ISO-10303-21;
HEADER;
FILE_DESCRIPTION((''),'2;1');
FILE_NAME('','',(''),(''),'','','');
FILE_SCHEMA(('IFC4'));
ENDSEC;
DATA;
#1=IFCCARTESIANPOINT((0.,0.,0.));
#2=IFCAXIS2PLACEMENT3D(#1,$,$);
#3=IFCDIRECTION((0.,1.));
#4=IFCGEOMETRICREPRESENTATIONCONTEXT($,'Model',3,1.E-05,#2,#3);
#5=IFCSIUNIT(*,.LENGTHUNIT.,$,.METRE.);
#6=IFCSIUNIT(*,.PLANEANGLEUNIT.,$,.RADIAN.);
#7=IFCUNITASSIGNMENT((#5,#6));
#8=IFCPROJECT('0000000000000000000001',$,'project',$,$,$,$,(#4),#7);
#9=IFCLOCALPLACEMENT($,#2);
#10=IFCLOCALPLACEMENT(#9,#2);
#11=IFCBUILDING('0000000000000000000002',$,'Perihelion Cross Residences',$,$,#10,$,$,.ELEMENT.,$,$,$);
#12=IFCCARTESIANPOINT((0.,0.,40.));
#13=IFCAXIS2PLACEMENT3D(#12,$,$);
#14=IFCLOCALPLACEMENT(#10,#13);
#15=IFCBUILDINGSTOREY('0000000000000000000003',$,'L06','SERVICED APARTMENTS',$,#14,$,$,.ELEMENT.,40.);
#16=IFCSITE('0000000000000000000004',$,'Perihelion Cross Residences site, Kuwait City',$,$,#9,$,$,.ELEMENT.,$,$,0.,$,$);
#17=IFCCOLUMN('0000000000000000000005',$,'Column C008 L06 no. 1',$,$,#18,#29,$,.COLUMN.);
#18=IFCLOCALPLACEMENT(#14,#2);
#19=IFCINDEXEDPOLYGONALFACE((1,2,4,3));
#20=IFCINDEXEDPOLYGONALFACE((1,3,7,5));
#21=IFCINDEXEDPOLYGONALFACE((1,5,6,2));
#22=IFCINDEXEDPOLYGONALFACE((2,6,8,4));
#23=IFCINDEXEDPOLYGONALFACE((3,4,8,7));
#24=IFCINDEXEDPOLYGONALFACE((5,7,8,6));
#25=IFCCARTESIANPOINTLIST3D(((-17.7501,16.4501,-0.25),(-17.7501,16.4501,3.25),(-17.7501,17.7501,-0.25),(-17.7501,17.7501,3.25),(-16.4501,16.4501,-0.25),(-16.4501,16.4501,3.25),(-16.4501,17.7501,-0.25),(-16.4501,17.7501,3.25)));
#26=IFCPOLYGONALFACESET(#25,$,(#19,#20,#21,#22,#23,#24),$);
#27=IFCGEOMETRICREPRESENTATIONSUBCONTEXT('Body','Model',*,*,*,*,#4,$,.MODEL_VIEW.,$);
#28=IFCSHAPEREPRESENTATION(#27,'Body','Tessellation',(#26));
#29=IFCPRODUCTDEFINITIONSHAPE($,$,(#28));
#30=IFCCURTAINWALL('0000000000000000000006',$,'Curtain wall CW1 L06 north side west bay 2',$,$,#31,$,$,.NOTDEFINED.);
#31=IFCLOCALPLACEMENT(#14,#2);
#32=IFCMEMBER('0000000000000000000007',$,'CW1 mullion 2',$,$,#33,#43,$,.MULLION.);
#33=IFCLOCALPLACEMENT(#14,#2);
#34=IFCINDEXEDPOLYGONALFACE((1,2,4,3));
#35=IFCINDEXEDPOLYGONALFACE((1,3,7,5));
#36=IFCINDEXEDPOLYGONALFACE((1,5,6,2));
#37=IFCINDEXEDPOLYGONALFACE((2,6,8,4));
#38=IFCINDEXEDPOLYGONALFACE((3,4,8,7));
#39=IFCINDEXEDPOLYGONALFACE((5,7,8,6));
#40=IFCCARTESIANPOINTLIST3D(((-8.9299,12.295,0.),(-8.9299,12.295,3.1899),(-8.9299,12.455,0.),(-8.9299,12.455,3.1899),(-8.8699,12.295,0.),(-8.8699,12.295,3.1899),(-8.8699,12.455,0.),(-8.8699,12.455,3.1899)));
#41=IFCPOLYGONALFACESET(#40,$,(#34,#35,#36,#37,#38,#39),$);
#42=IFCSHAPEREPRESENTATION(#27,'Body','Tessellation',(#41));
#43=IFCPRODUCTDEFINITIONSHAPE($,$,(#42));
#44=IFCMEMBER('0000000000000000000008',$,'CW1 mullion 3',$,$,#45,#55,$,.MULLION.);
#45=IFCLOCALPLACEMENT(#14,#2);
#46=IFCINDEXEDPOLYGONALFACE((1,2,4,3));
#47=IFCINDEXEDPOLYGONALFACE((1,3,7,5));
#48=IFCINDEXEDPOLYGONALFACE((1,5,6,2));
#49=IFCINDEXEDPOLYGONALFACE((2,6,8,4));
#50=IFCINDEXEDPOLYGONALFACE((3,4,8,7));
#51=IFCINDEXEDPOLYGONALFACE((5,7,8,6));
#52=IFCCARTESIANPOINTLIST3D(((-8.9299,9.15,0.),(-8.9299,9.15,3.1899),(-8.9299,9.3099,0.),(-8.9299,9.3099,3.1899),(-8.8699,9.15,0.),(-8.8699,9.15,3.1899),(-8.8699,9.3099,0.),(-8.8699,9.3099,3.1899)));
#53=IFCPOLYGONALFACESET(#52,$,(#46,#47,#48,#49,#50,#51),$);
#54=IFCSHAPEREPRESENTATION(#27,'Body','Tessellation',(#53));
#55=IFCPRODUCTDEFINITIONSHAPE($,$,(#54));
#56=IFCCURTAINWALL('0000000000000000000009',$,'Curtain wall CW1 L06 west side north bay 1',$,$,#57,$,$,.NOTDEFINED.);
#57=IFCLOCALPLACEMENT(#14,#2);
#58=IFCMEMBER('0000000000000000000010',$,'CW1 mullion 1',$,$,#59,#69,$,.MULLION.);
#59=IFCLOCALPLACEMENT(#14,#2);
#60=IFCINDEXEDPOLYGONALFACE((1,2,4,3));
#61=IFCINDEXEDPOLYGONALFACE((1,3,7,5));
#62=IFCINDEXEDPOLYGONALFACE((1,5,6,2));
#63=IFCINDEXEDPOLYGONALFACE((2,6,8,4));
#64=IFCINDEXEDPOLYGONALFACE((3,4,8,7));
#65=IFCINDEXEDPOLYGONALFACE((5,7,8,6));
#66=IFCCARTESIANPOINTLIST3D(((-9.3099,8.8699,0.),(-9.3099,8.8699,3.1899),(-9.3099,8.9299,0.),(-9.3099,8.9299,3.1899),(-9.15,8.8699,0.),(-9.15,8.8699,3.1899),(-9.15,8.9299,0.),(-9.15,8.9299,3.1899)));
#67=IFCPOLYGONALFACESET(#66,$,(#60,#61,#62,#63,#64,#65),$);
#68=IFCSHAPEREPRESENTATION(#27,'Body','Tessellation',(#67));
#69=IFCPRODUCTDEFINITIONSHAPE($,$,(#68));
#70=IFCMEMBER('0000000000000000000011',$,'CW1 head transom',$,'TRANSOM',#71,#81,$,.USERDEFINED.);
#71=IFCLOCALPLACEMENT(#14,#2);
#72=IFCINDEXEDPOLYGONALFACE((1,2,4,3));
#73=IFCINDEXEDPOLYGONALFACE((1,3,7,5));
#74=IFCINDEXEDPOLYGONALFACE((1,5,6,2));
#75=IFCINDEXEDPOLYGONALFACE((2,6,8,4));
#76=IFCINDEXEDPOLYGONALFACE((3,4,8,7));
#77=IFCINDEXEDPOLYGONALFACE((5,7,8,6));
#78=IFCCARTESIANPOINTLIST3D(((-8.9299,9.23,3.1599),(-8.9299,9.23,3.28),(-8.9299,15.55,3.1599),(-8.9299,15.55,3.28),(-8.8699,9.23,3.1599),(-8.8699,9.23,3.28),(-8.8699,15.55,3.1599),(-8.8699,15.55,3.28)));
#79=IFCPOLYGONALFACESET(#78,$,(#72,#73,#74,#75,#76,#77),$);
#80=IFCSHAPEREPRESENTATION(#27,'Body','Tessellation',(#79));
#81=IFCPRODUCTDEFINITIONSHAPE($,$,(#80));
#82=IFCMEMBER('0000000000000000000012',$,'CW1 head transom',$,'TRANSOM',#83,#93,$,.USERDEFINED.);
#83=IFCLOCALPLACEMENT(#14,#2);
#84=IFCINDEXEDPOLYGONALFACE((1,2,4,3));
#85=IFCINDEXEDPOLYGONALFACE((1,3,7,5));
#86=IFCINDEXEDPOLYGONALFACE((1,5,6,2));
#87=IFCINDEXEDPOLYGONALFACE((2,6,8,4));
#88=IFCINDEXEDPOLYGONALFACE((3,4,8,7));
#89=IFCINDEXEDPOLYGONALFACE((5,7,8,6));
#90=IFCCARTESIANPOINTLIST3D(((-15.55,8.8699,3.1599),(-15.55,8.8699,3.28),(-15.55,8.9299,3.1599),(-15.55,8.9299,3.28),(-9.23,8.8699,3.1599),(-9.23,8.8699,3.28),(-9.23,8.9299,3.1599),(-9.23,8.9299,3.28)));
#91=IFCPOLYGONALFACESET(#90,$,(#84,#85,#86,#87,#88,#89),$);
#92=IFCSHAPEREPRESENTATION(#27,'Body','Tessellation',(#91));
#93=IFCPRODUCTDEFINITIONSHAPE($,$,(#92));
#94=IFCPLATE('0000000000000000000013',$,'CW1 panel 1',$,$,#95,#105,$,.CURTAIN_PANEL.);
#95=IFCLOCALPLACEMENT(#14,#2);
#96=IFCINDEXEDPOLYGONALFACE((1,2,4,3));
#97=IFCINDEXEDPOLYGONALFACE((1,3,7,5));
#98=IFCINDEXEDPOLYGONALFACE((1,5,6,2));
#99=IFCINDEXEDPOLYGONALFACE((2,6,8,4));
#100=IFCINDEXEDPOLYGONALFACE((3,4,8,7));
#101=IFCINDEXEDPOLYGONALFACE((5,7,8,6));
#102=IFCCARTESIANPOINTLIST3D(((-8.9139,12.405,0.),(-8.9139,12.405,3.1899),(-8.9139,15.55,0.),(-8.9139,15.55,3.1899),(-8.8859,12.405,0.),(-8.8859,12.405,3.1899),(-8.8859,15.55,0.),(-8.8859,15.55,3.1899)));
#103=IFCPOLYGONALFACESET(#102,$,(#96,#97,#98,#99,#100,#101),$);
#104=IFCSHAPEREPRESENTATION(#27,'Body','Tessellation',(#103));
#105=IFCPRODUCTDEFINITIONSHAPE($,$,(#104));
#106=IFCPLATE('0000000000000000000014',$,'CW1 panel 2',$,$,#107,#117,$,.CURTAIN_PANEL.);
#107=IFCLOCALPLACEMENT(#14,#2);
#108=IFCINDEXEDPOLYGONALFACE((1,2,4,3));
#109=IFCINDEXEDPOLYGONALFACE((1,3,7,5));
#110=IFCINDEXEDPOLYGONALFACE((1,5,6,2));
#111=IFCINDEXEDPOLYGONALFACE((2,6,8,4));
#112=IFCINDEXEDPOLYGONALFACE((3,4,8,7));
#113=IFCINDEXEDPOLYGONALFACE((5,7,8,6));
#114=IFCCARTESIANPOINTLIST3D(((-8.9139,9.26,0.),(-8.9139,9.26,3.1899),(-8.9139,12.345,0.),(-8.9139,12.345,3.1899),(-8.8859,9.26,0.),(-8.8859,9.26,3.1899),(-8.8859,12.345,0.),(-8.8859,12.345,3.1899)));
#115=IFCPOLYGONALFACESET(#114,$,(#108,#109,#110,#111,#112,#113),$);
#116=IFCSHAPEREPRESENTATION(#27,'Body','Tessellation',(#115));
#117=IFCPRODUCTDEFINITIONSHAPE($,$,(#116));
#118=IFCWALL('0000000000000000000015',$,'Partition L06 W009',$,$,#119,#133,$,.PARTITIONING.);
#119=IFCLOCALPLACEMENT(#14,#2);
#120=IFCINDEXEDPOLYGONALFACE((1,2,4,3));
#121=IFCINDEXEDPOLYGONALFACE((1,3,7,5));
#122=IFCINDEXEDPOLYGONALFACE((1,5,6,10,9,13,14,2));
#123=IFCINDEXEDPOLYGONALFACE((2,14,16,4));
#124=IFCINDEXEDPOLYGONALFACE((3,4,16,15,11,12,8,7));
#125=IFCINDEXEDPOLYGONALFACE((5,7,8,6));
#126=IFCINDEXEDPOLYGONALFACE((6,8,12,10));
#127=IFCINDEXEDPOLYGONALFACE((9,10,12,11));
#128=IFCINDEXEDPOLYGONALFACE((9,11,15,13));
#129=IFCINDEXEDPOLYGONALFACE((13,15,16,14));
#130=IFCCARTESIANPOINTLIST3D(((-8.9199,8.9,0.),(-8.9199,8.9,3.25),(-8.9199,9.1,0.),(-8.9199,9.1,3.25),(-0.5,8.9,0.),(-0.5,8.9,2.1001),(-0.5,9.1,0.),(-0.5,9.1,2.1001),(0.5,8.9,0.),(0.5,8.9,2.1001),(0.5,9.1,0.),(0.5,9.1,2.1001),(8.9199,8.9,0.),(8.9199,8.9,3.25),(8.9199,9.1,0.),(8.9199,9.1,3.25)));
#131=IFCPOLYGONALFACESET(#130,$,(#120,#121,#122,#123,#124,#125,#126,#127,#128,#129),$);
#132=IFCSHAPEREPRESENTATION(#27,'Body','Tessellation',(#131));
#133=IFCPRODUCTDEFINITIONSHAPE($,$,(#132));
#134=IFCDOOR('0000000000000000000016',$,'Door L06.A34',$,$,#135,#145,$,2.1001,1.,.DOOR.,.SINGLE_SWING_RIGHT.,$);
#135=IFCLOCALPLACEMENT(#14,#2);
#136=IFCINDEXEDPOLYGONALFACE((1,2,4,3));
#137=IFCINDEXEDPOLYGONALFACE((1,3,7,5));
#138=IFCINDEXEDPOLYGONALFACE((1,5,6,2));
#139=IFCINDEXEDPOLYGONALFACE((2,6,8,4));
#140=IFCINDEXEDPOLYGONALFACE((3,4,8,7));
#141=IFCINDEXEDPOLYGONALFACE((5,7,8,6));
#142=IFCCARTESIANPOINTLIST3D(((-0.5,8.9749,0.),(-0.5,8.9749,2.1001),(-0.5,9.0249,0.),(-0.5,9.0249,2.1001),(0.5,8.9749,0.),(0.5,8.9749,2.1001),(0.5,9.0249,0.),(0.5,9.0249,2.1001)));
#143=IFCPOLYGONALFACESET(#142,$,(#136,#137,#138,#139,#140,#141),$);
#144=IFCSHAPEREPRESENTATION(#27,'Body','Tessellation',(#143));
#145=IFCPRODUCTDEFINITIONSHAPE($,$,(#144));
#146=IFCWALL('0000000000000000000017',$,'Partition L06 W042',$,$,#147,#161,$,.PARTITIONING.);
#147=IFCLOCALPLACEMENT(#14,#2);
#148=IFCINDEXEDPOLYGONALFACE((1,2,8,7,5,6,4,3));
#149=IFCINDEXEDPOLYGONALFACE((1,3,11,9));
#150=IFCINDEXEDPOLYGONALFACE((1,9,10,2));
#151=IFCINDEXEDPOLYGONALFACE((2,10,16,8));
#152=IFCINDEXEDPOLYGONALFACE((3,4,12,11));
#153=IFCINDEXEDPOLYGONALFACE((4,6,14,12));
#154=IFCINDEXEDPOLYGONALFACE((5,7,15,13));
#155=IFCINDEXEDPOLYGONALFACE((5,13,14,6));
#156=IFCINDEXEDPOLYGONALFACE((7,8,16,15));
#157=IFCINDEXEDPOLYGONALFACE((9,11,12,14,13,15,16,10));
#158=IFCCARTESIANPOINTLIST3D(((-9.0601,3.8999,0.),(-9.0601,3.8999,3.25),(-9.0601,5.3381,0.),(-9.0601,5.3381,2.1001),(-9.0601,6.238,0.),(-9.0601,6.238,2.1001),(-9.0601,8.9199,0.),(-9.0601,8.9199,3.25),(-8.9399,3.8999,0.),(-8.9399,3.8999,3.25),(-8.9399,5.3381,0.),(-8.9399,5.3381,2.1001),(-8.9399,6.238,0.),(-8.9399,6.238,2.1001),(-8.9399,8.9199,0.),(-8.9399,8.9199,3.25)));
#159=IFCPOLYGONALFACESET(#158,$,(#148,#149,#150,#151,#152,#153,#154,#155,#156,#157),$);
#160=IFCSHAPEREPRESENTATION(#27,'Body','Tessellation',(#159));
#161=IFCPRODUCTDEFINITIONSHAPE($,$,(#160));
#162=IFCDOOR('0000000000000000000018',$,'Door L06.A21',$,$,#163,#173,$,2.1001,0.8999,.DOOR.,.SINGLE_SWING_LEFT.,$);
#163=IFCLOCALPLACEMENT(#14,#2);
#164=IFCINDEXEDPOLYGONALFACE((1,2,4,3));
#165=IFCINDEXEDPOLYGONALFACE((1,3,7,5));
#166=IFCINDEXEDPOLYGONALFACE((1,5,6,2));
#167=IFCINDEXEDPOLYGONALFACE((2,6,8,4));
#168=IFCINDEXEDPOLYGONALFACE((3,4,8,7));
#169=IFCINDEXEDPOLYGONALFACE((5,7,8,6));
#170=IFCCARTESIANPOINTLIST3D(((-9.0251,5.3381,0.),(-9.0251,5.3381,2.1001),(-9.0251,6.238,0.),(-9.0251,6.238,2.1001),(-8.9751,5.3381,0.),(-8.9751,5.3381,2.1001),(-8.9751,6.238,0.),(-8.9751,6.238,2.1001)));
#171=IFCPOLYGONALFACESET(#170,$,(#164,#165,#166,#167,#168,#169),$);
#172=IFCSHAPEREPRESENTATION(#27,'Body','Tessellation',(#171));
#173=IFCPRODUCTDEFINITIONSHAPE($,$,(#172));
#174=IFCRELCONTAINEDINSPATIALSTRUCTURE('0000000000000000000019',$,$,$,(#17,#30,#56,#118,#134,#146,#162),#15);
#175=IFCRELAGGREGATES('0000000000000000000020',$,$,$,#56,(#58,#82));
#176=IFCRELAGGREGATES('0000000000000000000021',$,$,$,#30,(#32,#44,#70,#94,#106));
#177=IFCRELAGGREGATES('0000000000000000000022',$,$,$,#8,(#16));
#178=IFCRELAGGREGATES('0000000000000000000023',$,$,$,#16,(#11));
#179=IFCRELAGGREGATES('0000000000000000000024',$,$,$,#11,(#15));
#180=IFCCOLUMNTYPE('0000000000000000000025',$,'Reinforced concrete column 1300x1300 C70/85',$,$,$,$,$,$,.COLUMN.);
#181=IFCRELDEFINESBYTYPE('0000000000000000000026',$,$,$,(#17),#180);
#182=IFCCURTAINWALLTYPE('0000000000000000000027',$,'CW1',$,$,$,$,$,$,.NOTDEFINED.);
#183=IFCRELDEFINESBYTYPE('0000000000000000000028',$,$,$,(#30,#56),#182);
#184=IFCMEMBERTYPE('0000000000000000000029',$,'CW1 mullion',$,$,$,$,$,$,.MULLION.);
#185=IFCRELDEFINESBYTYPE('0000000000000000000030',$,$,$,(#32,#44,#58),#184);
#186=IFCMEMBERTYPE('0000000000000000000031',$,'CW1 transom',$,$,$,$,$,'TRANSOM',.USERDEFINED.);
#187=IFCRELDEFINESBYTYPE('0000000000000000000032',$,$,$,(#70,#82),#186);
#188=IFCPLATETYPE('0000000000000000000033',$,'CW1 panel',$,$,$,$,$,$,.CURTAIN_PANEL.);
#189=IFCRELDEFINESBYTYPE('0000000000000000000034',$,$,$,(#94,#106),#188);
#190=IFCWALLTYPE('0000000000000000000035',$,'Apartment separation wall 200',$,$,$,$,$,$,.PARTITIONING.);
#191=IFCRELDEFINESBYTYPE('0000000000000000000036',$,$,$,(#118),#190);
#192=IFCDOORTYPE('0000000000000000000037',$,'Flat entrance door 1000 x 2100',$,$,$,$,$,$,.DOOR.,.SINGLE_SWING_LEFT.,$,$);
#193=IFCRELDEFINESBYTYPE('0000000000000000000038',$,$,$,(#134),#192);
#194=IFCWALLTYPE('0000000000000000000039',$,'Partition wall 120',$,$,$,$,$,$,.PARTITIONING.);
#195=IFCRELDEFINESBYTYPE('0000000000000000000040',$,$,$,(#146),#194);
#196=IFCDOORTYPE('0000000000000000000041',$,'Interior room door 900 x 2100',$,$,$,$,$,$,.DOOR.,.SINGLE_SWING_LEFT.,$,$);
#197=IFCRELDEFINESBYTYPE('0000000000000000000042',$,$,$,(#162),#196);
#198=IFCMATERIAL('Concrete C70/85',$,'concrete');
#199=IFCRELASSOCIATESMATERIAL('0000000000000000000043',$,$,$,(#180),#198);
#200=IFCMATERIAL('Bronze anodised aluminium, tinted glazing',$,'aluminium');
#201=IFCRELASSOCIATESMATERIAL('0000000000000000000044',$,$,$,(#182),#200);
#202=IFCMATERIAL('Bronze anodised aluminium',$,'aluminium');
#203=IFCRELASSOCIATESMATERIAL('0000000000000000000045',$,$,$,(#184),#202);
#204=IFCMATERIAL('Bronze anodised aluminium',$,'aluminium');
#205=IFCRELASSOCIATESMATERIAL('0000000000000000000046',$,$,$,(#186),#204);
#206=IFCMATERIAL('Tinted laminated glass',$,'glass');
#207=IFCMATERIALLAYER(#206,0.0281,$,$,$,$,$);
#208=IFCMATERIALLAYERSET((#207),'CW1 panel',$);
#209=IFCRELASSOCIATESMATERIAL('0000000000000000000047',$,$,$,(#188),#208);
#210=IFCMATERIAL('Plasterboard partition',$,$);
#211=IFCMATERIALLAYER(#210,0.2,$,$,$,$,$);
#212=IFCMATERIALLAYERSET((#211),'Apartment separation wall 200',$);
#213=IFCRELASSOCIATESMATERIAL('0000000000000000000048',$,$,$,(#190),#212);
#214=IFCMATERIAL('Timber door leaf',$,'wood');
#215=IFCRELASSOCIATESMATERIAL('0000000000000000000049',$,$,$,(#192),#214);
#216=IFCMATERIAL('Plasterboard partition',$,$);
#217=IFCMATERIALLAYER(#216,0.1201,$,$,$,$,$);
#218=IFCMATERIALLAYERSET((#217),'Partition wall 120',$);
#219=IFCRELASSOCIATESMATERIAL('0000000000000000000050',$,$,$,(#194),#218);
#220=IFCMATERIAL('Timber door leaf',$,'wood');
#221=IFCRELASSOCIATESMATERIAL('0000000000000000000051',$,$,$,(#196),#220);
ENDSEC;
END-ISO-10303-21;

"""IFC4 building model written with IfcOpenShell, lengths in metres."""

from ifc_helpers import new_model, si_unit, direction, frame, frame_2d, origin, origin_2d, place, context, subcontext, project, spatial, rectangle, extrude, material, layer, layer_set, material_profile, profile_set, type_object, element, fill, aggregate, save


model = new_model("IFC4")

# Units and contexts
model_context = context("Model", 3, precision=1e-05, world=origin(), true_north=direction((0.0, 1.0)))
body_context = subcontext(model_context, "Body", "Model", "MODEL_VIEW")
ifc_project = project(units=[si_unit("LENGTHUNIT", "METRE"), si_unit("PLANEANGLEUNIT", "RADIAN")], contexts=[model_context])

# Site, building, storey
site_placement = place(None, origin())
site = spatial("IfcSite", under=ifc_project, at=site_placement, Name="Perihelion Cross Residences site, Kuwait City", CompositionType="ELEMENT", RefElevation=0.0)
building_placement = place(site_placement, origin())
building = spatial("IfcBuilding", under=site, at=building_placement, Name="Perihelion Cross Residences", CompositionType="ELEMENT")
storey_placement = place(building_placement, frame((0.0, 0.0, 40.0)))
storey = spatial("IfcBuildingStorey", under=building, at=storey_placement, Name="L06", Description="SERVICED APARTMENTS", CompositionType="ELEMENT", Elevation=40.0)

# Column
ifc_material_1 = material(Name="Concrete C70/85", Category="concrete")
ifc_material_profile_1 = material_profile(ifc_material_1, rectangle(XDim=1.3, YDim=1.3, at=origin_2d()), Name="RC 1300x1300")
ifc_profile_set_1 = profile_set([ifc_material_profile_1], Name="Concrete C70/85")
column_type = type_object("IfcColumnType", Name="Reinforced concrete column 1300x1300 C70/85", PredefinedType="COLUMN", material=ifc_profile_set_1)
column_placement = place(storey_placement, frame((-17.1001, 17.1001, -0.25), z_axis=(0.0, 0.0, 1.0), x_axis=(1.0, 0.0, 0.0)))
element("IfcColumn", 1, at=column_placement, inside=storey, type_object=column_type, Name="Column C008 L06 no. 1", PredefinedType="COLUMN", context=body_context, shape_type="SweptSolid", body=[
    extrude(rectangle(XDim=1.3, YDim=1.3, at=origin_2d()), origin(), (0.0, 0.0, 1.0), 3.5),
])

# Curtain wall, members
ifc_material_2 = material(Name="Bronze anodised aluminium, tinted glazing", Category="aluminium")
curtain_wall_type = type_object("IfcCurtainWallType", Name="CW1", PredefinedType="NOTDEFINED", material=ifc_material_2)
curtain_wall_1_placement = place(storey_placement, origin())
curtain_wall_1 = element("IfcCurtainWall", 2, at=curtain_wall_1_placement, inside=storey, type_object=curtain_wall_type, Name="Curtain wall CW1 L06 north side west bay 2", PredefinedType="NOTDEFINED")
ifc_material_3 = material(Name="Bronze anodised aluminium", Category="aluminium")
ifc_material_profile_2 = material_profile(ifc_material_3, rectangle(XDim=0.0601, YDim=0.1599, at=origin_2d()), Name="CW1 mullion")
ifc_profile_set_2 = profile_set([ifc_material_profile_2], Name="Bronze anodised aluminium")
member_type_1 = type_object("IfcMemberType", Name="CW1 mullion", PredefinedType="MULLION", material=ifc_profile_set_2)
member_1_placement = place(storey_placement, frame((-8.8999, 12.375, 0.0), z_axis=(0.0, 0.0, 1.0), x_axis=(1.0, 0.0, 0.0)))
member_1 = element("IfcMember", 3, at=member_1_placement, type_object=member_type_1, Name="CW1 mullion 2", PredefinedType="MULLION", context=body_context, shape_type="SweptSolid", body=[
    extrude(rectangle(XDim=0.0601, YDim=0.1599, at=origin_2d()), origin(), (0.0, 0.0, 1.0), 3.1899),
])
member_2_placement = place(storey_placement, frame((-8.8999, 9.23, 0.0), z_axis=(0.0, 0.0, 1.0), x_axis=(1.0, 0.0, 0.0)))
member_2 = element("IfcMember", 4, at=member_2_placement, type_object=member_type_1, Name="CW1 mullion 3", PredefinedType="MULLION", context=body_context, shape_type="SweptSolid", body=[
    extrude(rectangle(XDim=0.0601, YDim=0.1599, at=origin_2d()), origin(), (0.0, 0.0, 1.0), 3.1899),
])

# Curtain wall, member
curtain_wall_2_placement = place(storey_placement, origin())
curtain_wall_2 = element("IfcCurtainWall", 5, at=curtain_wall_2_placement, inside=storey, type_object=curtain_wall_type, Name="Curtain wall CW1 L06 west side north bay 1", PredefinedType="NOTDEFINED")
member_3_placement = place(storey_placement, frame((-9.23, 8.8999, 0.0), z_axis=(0.0, 0.0, 1.0), x_axis=(0.0, -1.0, 0.0)))
member_3 = element("IfcMember", 6, at=member_3_placement, type_object=member_type_1, Name="CW1 mullion 1", PredefinedType="MULLION", context=body_context, shape_type="SweptSolid", body=[
    extrude(rectangle(XDim=0.0601, YDim=0.1599, at=origin_2d()), origin(), (0.0, 0.0, 1.0), 3.1899),
])

# Members
ifc_material_4 = material(Name="Bronze anodised aluminium", Category="aluminium")
ifc_material_profile_3 = material_profile(ifc_material_4, rectangle(XDim=0.0601, YDim=0.1201, at=origin_2d()), Name="CW1 transom")
ifc_profile_set_3 = profile_set([ifc_material_profile_3], Name="Bronze anodised aluminium")
member_type_2 = type_object("IfcMemberType", Name="CW1 transom", ElementType="TRANSOM", PredefinedType="USERDEFINED", material=ifc_profile_set_3)
member_4_placement = place(storey_placement, frame((-8.8999, 15.55, 3.22), z_axis=(0.0, -1.0, 0.0), x_axis=(1.0, 0.0, 0.0)))
member_4 = element("IfcMember", 7, at=member_4_placement, type_object=member_type_2, Name="CW1 head transom", ObjectType="TRANSOM", PredefinedType="USERDEFINED", context=body_context, shape_type="SweptSolid", body=[
    extrude(rectangle(XDim=0.0601, YDim=0.1201, at=origin_2d()), origin(), (0.0, 0.0, 1.0), 6.3201),
])
member_5_placement = place(storey_placement, frame((-9.23, 8.8999, 3.22), z_axis=(-1.0, 0.0, 0.0), x_axis=(0.0, -1.0, 0.0)))
member_5 = element("IfcMember", 8, at=member_5_placement, type_object=member_type_2, Name="CW1 head transom", ObjectType="TRANSOM", PredefinedType="USERDEFINED", context=body_context, shape_type="SweptSolid", body=[
    extrude(rectangle(XDim=0.0601, YDim=0.1201, at=origin_2d()), origin(), (0.0, 0.0, 1.0), 6.3201),
])
aggregate(curtain_wall_2, [member_3, member_5])

# Plates
ifc_material_5 = material(Name="Tinted laminated glass", Category="glass")
ifc_layer_1 = layer(ifc_material_5, 0.0281)
ifc_layer_set_1 = layer_set([ifc_layer_1], Name="CW1 panel")
plate_type = type_object("IfcPlateType", Name="CW1 panel", PredefinedType="CURTAIN_PANEL", material=ifc_layer_set_1)
plate_1_placement = place(storey_placement, frame((-8.8999, 13.9775, 0.0), z_axis=(0.0, 0.0, 1.0), x_axis=(0.0, -1.0, 0.0)))
plate_1 = element("IfcPlate", 9, at=plate_1_placement, type_object=plate_type, Name="CW1 panel 1", PredefinedType="CURTAIN_PANEL", context=body_context, shape_type="SweptSolid", body=[
    extrude(rectangle(XDim=3.145, YDim=0.0281, at=origin_2d()), origin(), (0.0, 0.0, 1.0), 3.1899),
])
plate_2_placement = place(storey_placement, frame((-8.8999, 10.8025, 0.0), z_axis=(0.0, 0.0, 1.0), x_axis=(0.0, -1.0, 0.0)))
plate_2 = element("IfcPlate", 10, at=plate_2_placement, type_object=plate_type, Name="CW1 panel 2", PredefinedType="CURTAIN_PANEL", context=body_context, shape_type="SweptSolid", body=[
    extrude(rectangle(XDim=3.085, YDim=0.0281, at=origin_2d()), origin(), (0.0, 0.0, 1.0), 3.1899),
])
aggregate(curtain_wall_1, [member_1, member_2, member_4, plate_1, plate_2])

# Walls, openings, doors
ifc_material_6 = material(Name="Plasterboard partition")
ifc_layer_2 = layer(ifc_material_6, 0.2)
ifc_layer_set_2 = layer_set([ifc_layer_2], Name="Apartment separation wall 200")
wall_type_1 = type_object("IfcWallType", Name="Apartment separation wall 200", PredefinedType="PARTITIONING", material=ifc_layer_set_2)
wall_1_placement = place(storey_placement, frame((-8.9199, 9.0, 0.0), z_axis=(0.0, 0.0, 1.0), x_axis=(1.0, 0.0, 0.0)))
wall_1 = element("IfcWall", 11, at=wall_1_placement, inside=storey, type_object=wall_type_1, Name="Partition L06 W009", PredefinedType="PARTITIONING", context=body_context, shape_type="SweptSolid", body=[
    extrude(rectangle(XDim=17.8398, YDim=0.2, at=frame_2d((8.9199, 0.0))), origin(), (0.0, 0.0, 1.0), 3.25),
])
opening_1_placement = place(wall_1_placement, frame((8.4199, 0.0, 0.0)))
opening_1 = element("IfcOpeningElement", 12, at=opening_1_placement, cuts=wall_1, PredefinedType="OPENING", context=body_context, shape_type="SweptSolid", body=[
    extrude(rectangle(XDim=1.0, YDim=2.1001, at=frame_2d((0.5, 1.05))), frame((0.0, 0.1099, 0.0), z_axis=(0.0, -1.0, 0.0), x_axis=(1.0, 0.0, 0.0)), (0.0, 0.0, 1.0), 0.22),
])
ifc_material_7 = material(Name="Timber door leaf", Category="wood")
door_type_1 = type_object("IfcDoorType", Name="Flat entrance door 1000 x 2100", OperationType="SINGLE_SWING_LEFT", PredefinedType="DOOR", material=ifc_material_7)
door_1_placement = place(opening_1_placement, origin())
door_1 = element("IfcDoor", 13, at=door_1_placement, inside=storey, type_object=door_type_1, Name="Door L06.A34", OperationType="SINGLE_SWING_RIGHT", OverallHeight=2.1001, OverallWidth=1.0, PredefinedType="DOOR", context=body_context, shape_type="SweptSolid", body=[
    extrude(rectangle(XDim=1.0, YDim=2.1001, at=frame_2d((0.5, 1.05))), frame((0.0, 0.0249, 0.0), z_axis=(0.0, -1.0, 0.0), x_axis=(1.0, 0.0, 0.0)), (0.0, 0.0, 1.0), 0.05),
])
fill(opening_1, door_1)
ifc_material_8 = material(Name="Plasterboard partition")
ifc_layer_3 = layer(ifc_material_8, 0.1201)
ifc_layer_set_3 = layer_set([ifc_layer_3], Name="Partition wall 120")
wall_type_2 = type_object("IfcWallType", Name="Partition wall 120", PredefinedType="PARTITIONING", material=ifc_layer_set_3)
wall_2_placement = place(storey_placement, frame((-9.0, 8.9199, 0.0), z_axis=(0.0, 0.0, 1.0), x_axis=(0.0, -1.0, 0.0)))
wall_2 = element("IfcWall", 14, at=wall_2_placement, inside=storey, type_object=wall_type_2, Name="Partition L06 W042", PredefinedType="PARTITIONING", context=body_context, shape_type="SweptSolid", body=[
    extrude(rectangle(XDim=5.02, YDim=0.1201, at=frame_2d((2.51, 0.0))), origin(), (0.0, 0.0, 1.0), 3.25),
])
opening_2_placement = place(wall_2_placement, frame((2.6819, 0.0, 0.0)))
opening_2 = element("IfcOpeningElement", 15, at=opening_2_placement, cuts=wall_2, PredefinedType="OPENING", context=body_context, shape_type="SweptSolid", body=[
    extrude(rectangle(XDim=0.8999, YDim=2.1001, at=frame_2d((0.45, 1.05))), frame((0.0, 0.0701, 0.0), z_axis=(0.0, -1.0, 0.0), x_axis=(1.0, 0.0, 0.0)), (0.0, 0.0, 1.0), 0.1401),
])
ifc_material_9 = material(Name="Timber door leaf", Category="wood")
door_type_2 = type_object("IfcDoorType", Name="Interior room door 900 x 2100", OperationType="SINGLE_SWING_LEFT", PredefinedType="DOOR", material=ifc_material_9)
door_2_placement = place(opening_2_placement, origin())
door_2 = element("IfcDoor", 16, at=door_2_placement, inside=storey, type_object=door_type_2, Name="Door L06.A21", OperationType="SINGLE_SWING_LEFT", OverallHeight=2.1001, OverallWidth=0.8999, PredefinedType="DOOR", context=body_context, shape_type="SweptSolid", body=[
    extrude(rectangle(XDim=0.8999, YDim=2.1001, at=frame_2d((0.45, 1.05))), frame((0.0, 0.0249, 0.0), z_axis=(0.0, -1.0, 0.0), x_axis=(1.0, 0.0, 0.0)), (0.0, 0.0, 1.0), 0.05),
])
fill(opening_2, door_2)

save(model, "model.ifc")
